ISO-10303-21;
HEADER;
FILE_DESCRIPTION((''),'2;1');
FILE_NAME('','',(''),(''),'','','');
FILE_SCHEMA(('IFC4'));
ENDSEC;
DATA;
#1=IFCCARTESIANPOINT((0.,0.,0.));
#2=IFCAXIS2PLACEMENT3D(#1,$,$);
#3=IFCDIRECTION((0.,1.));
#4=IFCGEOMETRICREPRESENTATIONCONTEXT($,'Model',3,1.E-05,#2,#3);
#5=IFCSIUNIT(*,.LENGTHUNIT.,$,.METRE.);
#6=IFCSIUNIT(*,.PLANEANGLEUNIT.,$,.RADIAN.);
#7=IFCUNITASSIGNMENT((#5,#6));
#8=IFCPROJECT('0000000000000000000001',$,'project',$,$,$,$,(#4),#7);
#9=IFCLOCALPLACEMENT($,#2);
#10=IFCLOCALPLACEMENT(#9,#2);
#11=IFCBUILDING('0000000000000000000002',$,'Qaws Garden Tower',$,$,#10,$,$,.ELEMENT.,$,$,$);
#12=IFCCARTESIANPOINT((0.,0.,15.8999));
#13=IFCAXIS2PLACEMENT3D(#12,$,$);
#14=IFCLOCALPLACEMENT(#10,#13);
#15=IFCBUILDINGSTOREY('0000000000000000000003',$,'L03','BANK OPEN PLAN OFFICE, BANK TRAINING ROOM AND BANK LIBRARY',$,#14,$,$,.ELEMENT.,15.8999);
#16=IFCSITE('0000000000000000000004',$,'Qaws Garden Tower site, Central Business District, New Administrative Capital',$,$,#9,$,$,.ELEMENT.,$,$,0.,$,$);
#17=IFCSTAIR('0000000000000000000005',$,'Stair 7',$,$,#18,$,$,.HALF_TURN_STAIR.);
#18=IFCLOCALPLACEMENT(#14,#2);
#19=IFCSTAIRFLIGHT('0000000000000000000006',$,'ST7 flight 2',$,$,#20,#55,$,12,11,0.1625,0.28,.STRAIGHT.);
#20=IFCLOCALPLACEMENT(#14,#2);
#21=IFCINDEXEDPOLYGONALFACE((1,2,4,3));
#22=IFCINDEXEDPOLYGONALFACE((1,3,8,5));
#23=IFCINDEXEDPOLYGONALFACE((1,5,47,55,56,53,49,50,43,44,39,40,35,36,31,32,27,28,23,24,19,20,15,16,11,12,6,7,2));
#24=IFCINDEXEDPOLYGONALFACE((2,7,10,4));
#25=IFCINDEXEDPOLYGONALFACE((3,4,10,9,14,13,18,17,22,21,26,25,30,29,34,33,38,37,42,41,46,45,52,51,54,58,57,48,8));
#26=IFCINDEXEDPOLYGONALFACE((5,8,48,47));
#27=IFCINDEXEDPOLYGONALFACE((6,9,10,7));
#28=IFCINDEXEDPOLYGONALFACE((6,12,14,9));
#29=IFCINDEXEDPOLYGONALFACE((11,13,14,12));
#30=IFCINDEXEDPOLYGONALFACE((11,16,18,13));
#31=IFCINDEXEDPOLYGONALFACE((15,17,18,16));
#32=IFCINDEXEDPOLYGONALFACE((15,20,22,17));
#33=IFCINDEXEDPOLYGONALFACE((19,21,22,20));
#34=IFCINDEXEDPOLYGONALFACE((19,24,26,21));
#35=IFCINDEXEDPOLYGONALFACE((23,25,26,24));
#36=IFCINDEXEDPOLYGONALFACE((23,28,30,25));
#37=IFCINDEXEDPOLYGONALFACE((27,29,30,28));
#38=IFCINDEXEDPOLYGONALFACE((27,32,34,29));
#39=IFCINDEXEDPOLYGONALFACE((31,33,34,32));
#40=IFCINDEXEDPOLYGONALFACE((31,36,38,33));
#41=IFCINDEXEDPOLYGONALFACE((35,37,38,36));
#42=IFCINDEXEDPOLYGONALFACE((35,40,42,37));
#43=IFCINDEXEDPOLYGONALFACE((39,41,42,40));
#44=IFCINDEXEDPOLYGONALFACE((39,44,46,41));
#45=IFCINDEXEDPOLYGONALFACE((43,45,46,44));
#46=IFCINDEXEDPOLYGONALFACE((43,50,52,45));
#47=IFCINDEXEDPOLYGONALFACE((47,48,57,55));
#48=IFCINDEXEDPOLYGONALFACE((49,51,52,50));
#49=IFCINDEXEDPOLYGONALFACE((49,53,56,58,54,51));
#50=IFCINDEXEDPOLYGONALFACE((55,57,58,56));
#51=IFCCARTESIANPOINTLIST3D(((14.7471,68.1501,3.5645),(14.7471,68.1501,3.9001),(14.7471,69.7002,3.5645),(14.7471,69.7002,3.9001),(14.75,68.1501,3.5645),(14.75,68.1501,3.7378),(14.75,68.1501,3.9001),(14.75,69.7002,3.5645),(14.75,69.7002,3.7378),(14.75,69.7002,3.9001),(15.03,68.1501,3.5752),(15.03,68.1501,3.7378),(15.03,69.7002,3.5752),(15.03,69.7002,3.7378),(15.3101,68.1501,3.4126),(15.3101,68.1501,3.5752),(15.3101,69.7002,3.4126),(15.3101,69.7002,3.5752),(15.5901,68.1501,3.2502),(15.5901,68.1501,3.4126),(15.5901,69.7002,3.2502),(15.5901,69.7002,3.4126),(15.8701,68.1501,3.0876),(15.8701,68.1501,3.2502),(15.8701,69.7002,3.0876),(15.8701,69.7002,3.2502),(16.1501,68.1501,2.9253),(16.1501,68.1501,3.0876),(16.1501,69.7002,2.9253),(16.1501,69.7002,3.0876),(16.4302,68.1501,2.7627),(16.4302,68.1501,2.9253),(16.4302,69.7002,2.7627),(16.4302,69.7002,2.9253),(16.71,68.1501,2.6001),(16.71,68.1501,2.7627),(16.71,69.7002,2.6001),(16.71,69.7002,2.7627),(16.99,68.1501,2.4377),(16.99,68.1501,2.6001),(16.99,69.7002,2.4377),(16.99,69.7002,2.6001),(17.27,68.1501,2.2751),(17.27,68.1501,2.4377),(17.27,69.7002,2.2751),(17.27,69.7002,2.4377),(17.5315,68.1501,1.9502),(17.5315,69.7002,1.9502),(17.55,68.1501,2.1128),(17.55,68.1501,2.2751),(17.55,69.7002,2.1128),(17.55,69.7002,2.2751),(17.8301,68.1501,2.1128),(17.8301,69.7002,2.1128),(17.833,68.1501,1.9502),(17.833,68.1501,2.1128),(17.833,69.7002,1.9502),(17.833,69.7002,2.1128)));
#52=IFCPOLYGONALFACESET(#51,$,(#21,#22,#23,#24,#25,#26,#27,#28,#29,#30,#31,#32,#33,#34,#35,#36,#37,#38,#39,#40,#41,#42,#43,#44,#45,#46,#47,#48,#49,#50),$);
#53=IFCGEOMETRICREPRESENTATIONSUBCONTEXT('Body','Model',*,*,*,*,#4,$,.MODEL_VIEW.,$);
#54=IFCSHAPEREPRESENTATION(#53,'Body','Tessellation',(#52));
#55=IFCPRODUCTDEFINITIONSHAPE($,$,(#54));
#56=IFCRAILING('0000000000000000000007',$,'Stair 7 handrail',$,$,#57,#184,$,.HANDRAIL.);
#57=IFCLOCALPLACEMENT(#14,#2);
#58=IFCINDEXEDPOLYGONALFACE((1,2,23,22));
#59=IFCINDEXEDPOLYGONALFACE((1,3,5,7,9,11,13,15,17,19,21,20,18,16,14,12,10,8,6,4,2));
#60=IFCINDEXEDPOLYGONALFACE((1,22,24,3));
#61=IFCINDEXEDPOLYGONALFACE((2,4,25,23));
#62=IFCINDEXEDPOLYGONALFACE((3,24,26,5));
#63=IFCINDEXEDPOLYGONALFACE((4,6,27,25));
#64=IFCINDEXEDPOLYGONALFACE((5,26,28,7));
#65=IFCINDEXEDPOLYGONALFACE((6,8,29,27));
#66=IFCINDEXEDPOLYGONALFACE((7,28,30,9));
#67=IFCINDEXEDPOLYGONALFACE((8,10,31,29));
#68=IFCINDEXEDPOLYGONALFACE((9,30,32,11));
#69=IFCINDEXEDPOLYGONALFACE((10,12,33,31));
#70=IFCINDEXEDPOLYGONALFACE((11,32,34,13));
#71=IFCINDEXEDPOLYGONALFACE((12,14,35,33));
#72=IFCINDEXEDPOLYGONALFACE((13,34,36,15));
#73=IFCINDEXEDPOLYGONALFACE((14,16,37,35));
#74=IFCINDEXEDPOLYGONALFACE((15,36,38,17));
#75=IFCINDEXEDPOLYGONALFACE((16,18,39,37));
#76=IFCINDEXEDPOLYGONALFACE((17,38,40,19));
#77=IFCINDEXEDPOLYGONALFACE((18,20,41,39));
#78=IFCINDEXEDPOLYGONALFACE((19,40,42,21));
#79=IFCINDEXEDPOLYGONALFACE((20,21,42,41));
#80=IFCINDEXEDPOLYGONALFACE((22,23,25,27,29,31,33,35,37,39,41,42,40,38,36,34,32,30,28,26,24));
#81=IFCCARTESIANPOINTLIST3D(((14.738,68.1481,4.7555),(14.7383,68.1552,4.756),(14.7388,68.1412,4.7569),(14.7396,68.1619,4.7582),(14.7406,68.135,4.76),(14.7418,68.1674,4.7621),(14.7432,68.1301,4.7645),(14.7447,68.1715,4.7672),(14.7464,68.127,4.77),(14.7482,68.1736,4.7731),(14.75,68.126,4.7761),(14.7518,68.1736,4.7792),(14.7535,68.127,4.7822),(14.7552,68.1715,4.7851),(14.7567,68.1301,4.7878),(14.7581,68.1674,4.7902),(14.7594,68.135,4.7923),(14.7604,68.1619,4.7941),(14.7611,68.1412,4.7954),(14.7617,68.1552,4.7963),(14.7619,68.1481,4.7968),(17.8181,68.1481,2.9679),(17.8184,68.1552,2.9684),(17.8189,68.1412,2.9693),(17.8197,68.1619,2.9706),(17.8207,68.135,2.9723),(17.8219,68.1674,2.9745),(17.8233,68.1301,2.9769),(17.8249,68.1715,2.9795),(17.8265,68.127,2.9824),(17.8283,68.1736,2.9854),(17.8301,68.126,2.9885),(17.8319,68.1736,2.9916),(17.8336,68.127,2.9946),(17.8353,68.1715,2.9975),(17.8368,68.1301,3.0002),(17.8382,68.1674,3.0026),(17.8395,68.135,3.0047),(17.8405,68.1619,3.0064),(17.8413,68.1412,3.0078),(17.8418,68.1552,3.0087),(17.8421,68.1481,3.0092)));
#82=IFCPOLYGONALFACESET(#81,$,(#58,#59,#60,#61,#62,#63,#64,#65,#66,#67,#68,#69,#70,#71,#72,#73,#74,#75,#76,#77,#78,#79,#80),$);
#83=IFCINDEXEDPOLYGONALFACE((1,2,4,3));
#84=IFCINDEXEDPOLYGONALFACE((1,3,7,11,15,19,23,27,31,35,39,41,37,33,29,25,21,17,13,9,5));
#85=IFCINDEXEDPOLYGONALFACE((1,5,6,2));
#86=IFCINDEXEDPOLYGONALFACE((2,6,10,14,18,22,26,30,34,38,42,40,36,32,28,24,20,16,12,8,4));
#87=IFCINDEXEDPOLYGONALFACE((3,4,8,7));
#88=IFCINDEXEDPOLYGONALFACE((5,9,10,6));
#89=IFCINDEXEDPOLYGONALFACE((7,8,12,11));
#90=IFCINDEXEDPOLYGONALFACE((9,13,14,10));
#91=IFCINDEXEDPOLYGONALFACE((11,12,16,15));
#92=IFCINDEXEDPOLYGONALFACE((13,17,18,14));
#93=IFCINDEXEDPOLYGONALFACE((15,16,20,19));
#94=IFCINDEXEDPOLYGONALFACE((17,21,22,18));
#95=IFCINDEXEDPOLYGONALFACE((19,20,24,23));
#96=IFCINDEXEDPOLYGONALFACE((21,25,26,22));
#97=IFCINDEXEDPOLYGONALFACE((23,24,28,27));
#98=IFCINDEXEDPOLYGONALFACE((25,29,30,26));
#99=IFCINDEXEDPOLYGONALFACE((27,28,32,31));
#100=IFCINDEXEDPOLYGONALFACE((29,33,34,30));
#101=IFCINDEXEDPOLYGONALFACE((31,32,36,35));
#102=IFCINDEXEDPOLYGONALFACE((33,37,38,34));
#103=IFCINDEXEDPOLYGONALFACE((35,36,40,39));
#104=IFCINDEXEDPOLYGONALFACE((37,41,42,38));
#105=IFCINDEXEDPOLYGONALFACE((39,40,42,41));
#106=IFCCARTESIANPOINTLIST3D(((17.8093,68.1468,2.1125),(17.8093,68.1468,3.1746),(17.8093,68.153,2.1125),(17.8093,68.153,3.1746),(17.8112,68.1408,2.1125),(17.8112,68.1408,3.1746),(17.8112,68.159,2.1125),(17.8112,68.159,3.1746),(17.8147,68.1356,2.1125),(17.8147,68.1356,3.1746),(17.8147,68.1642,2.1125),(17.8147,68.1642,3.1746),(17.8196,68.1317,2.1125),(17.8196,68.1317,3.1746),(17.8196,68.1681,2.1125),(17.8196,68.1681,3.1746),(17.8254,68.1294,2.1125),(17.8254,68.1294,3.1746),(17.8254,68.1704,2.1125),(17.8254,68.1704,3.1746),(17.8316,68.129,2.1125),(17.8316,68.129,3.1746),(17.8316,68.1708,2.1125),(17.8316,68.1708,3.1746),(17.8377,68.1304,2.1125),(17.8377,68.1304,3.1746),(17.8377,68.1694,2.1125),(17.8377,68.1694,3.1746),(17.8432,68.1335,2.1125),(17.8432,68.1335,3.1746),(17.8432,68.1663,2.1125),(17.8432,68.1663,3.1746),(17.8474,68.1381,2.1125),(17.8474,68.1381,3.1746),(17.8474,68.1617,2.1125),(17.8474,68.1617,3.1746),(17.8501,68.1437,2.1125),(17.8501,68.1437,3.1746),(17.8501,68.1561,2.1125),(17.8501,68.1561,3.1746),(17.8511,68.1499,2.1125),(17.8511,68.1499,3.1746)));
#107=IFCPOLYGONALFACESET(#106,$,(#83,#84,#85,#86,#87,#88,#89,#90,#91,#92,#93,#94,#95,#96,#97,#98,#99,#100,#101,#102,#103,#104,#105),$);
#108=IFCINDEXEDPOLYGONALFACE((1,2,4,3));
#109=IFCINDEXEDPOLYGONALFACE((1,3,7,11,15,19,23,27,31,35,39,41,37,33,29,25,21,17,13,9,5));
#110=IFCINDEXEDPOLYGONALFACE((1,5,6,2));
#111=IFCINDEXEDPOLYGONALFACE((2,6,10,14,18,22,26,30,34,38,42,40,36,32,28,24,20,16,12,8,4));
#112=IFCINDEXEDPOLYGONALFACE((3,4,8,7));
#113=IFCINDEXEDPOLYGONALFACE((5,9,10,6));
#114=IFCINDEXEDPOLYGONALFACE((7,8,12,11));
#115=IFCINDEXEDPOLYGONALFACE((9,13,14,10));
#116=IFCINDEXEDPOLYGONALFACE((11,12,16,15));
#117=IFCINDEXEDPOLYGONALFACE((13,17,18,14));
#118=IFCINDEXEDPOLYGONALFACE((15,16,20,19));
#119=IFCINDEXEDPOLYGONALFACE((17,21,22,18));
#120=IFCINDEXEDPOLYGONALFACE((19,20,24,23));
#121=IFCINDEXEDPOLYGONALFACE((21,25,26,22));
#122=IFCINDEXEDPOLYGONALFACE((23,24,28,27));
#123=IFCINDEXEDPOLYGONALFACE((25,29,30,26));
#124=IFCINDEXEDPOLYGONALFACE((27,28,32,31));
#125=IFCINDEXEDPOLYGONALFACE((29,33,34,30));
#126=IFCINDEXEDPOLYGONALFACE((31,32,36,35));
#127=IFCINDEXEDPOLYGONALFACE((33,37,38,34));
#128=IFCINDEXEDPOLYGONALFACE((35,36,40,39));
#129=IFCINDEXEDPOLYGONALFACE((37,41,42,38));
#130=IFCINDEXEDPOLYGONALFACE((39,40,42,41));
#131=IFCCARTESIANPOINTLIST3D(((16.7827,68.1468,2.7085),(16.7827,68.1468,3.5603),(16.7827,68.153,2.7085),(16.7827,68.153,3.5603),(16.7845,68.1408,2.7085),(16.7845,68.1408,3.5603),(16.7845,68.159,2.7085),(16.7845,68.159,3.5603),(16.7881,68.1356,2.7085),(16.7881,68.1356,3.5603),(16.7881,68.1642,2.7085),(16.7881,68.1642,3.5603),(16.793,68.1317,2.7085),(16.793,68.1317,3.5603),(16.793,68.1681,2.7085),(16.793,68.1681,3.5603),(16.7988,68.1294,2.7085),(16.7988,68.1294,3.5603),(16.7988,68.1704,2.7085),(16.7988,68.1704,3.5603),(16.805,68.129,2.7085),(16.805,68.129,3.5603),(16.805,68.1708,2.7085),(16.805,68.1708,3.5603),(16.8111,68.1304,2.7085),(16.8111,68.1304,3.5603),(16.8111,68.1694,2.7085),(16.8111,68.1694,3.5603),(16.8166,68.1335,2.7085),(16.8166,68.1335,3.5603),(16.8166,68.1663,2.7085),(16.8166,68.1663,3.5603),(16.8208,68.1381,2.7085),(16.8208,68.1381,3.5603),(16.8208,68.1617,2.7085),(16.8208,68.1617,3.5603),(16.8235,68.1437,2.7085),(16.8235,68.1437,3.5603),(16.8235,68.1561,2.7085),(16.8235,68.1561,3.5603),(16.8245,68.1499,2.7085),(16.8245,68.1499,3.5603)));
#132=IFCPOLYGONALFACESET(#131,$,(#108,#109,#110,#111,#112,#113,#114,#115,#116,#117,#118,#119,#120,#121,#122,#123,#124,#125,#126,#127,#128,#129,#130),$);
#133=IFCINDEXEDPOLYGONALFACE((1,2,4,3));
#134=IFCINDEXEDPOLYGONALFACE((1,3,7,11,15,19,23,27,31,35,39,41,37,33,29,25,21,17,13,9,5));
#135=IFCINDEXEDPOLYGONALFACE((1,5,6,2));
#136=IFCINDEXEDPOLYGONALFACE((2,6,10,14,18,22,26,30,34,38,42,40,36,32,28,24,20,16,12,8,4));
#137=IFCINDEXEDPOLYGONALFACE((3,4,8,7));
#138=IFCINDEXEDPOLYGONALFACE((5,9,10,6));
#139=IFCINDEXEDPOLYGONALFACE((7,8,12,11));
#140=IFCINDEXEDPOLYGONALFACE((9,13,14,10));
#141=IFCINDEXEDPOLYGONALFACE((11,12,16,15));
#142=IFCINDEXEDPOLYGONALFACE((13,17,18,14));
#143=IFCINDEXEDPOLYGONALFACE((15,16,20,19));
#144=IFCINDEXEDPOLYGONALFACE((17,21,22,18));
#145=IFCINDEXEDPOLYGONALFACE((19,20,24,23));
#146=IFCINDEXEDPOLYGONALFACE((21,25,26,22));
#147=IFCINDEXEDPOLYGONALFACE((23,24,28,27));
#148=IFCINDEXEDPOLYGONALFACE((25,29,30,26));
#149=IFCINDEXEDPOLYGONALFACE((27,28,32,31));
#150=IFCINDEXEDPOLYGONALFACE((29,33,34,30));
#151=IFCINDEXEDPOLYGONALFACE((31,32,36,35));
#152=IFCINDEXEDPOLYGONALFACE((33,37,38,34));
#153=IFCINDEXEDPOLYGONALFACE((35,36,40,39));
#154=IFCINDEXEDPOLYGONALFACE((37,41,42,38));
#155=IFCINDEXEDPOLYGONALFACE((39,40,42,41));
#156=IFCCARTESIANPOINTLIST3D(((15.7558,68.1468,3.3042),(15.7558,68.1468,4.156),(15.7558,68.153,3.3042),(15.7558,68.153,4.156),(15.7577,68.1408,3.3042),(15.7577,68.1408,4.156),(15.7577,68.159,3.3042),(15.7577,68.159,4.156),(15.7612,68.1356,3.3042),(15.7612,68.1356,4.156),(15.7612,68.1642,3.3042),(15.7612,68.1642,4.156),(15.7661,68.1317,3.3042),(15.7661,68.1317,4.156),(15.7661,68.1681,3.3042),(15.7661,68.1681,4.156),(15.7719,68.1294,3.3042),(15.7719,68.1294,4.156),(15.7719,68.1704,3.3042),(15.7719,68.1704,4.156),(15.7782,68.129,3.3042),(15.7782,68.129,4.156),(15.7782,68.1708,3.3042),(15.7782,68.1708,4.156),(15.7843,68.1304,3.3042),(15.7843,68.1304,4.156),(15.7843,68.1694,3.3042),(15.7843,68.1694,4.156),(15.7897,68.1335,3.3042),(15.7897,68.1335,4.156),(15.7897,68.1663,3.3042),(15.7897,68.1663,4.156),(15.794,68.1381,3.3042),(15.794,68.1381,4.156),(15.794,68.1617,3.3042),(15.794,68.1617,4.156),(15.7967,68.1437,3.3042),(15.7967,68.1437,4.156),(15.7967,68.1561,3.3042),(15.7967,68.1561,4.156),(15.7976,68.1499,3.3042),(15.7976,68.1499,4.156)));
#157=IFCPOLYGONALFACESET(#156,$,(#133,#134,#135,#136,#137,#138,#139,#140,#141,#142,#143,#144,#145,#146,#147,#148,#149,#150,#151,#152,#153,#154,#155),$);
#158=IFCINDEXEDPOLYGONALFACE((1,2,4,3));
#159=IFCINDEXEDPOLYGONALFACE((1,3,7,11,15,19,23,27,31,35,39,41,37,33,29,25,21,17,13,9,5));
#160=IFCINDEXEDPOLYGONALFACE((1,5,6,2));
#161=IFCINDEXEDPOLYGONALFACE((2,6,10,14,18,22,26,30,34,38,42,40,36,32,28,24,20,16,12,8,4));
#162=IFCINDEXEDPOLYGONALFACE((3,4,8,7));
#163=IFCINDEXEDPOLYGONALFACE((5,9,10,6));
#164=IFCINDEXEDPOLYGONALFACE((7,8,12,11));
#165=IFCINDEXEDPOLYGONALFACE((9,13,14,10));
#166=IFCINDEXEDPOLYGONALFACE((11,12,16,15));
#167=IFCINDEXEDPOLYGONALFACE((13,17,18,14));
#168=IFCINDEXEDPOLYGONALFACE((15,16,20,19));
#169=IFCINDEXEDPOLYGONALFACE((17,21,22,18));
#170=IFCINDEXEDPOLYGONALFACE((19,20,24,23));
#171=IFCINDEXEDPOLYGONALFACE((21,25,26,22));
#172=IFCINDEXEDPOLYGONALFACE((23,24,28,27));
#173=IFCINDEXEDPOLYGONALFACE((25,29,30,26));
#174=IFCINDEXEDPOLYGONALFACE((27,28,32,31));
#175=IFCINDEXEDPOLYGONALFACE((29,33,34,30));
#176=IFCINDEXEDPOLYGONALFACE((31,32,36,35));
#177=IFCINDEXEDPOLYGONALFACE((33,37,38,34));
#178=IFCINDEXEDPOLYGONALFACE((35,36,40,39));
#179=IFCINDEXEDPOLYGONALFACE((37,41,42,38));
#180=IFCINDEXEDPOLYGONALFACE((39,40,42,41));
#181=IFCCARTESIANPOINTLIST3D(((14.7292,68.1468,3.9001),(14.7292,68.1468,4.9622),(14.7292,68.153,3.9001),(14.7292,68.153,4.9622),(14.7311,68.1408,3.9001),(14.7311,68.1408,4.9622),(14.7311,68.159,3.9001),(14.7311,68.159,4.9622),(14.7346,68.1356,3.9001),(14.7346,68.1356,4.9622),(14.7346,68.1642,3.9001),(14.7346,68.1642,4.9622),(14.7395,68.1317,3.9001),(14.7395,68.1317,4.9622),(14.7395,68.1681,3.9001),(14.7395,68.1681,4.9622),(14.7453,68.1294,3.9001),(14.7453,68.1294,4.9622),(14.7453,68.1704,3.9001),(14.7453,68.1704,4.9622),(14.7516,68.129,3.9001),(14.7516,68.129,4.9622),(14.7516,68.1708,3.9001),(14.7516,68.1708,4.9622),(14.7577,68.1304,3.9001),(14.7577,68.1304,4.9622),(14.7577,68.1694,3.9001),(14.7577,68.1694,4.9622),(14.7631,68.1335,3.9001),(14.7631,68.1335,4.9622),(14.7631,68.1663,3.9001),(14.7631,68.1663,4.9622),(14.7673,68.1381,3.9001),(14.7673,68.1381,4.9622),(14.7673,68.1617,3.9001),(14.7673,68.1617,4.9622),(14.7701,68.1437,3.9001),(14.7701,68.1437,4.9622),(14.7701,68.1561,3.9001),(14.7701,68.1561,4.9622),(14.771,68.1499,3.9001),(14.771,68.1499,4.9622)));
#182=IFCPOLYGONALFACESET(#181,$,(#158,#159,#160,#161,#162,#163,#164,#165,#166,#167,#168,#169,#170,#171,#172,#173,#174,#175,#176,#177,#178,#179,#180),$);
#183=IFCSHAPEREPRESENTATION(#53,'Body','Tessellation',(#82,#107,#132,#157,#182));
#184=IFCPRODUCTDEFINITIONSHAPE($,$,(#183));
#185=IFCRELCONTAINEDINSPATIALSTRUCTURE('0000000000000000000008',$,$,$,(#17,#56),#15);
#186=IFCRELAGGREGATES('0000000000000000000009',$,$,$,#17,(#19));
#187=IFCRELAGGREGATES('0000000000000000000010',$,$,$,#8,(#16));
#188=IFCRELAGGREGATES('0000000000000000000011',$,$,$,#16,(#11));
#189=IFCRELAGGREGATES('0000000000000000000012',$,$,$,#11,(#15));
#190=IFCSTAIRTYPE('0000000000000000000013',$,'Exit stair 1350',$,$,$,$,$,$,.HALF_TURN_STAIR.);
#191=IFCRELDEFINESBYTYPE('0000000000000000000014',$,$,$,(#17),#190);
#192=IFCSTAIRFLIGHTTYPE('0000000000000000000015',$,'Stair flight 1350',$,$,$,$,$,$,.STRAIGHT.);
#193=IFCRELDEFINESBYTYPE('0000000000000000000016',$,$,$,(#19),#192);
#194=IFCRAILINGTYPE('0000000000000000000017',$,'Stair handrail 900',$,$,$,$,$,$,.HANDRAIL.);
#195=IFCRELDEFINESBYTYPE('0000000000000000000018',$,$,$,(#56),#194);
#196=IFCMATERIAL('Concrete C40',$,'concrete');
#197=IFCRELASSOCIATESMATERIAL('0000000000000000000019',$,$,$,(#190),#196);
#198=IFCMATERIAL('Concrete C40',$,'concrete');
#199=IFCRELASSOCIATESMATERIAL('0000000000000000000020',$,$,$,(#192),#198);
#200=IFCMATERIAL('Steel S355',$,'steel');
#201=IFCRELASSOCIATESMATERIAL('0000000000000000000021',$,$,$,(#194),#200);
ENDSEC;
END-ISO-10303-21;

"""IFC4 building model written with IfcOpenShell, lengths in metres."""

from ifc_helpers import new_model, si_unit, direction, frame, origin, origin_2d, place, context, subcontext, project, spatial, polyline, circle, outline, extrude, material, type_object, element, aggregate, save


model = new_model("IFC4")

# Units and contexts
model_context = context("Model", 3, precision=1e-05, world=origin(), true_north=direction((0.0, 1.0)))
body_context = subcontext(model_context, "Body", "Model", "MODEL_VIEW")
ifc_project = project(units=[si_unit("LENGTHUNIT", "METRE"), si_unit("PLANEANGLEUNIT", "RADIAN")], contexts=[model_context])

# Site, building, storey
site_placement = place(None, origin())
site = spatial("IfcSite", under=ifc_project, at=site_placement, Name="Qaws Garden Tower site, Central Business District, New Administrative Capital", CompositionType="ELEMENT", RefElevation=0.0)
building_placement = place(site_placement, origin())
building = spatial("IfcBuilding", under=site, at=building_placement, Name="Qaws Garden Tower", CompositionType="ELEMENT")
storey_placement = place(building_placement, frame((0.0, 0.0, 15.8999)))
storey = spatial("IfcBuildingStorey", under=building, at=storey_placement, Name="L03", Description="BANK OPEN PLAN OFFICE, BANK TRAINING ROOM AND BANK LIBRARY", CompositionType="ELEMENT", Elevation=15.8999)

# Stair, stair flight
ifc_material_1 = material(Name="Concrete C40", Category="concrete")
stair_type = type_object("IfcStairType", Name="Exit stair 1350", PredefinedType="HALF_TURN_STAIR", material=ifc_material_1)
stair_placement = place(storey_placement, origin())
stair = element("IfcStair", 1, at=stair_placement, inside=storey, type_object=stair_type, Name="Stair 7", PredefinedType="HALF_TURN_STAIR")
ifc_material_2 = material(Name="Concrete C40", Category="concrete")
stair_flight_type = type_object("IfcStairFlightType", Name="Stair flight 1350", PredefinedType="STRAIGHT", material=ifc_material_2)
stair_flight_placement = place(storey_placement, frame((17.8301, 68.925, 1.9502), z_axis=(0.0, 0.0, 1.0), x_axis=(-1.0, 0.0, 0.0)))
stair_flight = element("IfcStairFlight", 2, at=stair_flight_placement, type_object=stair_flight_type, Name="ST7 flight 2", NumberOfRisers=12, NumberOfTreads=11, PredefinedType="STRAIGHT", RiserHeight=0.1625, TreadLength=0.28, context=body_context, shape_type="SweptSolid", body=[
    extrude(outline(polyline([(-0.0029, 0.0), (-0.0029, 0.1626), (0.0, 0.1626), (0.28, 0.1626), (0.28, 0.325), (0.5601, 0.325), (0.5601, 0.4875), (0.8401, 0.4875), (0.8401, 0.6499), (1.1201, 0.6499), (1.1201, 0.8125), (1.3999, 0.8125), (1.3999, 0.9751), (1.6799, 0.9751), (1.6799, 1.1375), (1.96, 1.1375), (1.96, 1.3), (2.24, 1.3), (2.24, 1.4624), (2.52, 1.4624), (2.52, 1.625), (2.8, 1.625), (2.8, 1.7876), (3.0801, 1.7876), (3.0801, 1.95), (3.083, 1.95), (3.083, 1.6143), (3.0801, 1.6143), (0.2986, 0.0), (-0.0029, 0.0)])), frame((0.0, 0.7749, 0.0), z_axis=(0.0, -1.0, 0.0), x_axis=(1.0, 0.0, 0.0)), (0.0, 0.0, 1.0), 1.55),
])
aggregate(stair, [stair_flight])

# Railing
ifc_material_3 = material(Name="Steel S355", Category="steel")
railing_type = type_object("IfcRailingType", Name="Stair handrail 900", PredefinedType="HANDRAIL", material=ifc_material_3)
railing_placement = place(storey_placement, frame((17.8301, 68.1499, 2.1125)))
element("IfcRailing", 3, at=railing_placement, inside=storey, type_object=railing_type, Name="Stair 7 handrail", PredefinedType="HANDRAIL", context=body_context, shape_type="SweptSolid", body=[
    extrude(circle(Radius=0.0239, at=origin_2d()), frame((0.0, 0.0, 0.876), z_axis=(-0.864891, 0.0, 0.50196), x_axis=(0.0, -1.0, 0.0)), (0.0, 0.0, 1.0), 3.5613),
    extrude(circle(Radius=0.021, at=origin_2d()), origin(), (0.0, 0.0, 1.0), 1.062),
    extrude(circle(Radius=0.021, at=origin_2d()), frame((-1.0266, 0.0, 0.5959)), (0.0, 0.0, 1.0), 0.8518),
    extrude(circle(Radius=0.021, at=origin_2d()), frame((-2.0535, 0.0, 1.1917)), (0.0, 0.0, 1.0), 0.8518),
    extrude(circle(Radius=0.021, at=origin_2d()), frame((-3.0801, 0.0, 1.7876)), (0.0, 0.0, 1.0), 1.062),
])

save(model, "model.ifc")
